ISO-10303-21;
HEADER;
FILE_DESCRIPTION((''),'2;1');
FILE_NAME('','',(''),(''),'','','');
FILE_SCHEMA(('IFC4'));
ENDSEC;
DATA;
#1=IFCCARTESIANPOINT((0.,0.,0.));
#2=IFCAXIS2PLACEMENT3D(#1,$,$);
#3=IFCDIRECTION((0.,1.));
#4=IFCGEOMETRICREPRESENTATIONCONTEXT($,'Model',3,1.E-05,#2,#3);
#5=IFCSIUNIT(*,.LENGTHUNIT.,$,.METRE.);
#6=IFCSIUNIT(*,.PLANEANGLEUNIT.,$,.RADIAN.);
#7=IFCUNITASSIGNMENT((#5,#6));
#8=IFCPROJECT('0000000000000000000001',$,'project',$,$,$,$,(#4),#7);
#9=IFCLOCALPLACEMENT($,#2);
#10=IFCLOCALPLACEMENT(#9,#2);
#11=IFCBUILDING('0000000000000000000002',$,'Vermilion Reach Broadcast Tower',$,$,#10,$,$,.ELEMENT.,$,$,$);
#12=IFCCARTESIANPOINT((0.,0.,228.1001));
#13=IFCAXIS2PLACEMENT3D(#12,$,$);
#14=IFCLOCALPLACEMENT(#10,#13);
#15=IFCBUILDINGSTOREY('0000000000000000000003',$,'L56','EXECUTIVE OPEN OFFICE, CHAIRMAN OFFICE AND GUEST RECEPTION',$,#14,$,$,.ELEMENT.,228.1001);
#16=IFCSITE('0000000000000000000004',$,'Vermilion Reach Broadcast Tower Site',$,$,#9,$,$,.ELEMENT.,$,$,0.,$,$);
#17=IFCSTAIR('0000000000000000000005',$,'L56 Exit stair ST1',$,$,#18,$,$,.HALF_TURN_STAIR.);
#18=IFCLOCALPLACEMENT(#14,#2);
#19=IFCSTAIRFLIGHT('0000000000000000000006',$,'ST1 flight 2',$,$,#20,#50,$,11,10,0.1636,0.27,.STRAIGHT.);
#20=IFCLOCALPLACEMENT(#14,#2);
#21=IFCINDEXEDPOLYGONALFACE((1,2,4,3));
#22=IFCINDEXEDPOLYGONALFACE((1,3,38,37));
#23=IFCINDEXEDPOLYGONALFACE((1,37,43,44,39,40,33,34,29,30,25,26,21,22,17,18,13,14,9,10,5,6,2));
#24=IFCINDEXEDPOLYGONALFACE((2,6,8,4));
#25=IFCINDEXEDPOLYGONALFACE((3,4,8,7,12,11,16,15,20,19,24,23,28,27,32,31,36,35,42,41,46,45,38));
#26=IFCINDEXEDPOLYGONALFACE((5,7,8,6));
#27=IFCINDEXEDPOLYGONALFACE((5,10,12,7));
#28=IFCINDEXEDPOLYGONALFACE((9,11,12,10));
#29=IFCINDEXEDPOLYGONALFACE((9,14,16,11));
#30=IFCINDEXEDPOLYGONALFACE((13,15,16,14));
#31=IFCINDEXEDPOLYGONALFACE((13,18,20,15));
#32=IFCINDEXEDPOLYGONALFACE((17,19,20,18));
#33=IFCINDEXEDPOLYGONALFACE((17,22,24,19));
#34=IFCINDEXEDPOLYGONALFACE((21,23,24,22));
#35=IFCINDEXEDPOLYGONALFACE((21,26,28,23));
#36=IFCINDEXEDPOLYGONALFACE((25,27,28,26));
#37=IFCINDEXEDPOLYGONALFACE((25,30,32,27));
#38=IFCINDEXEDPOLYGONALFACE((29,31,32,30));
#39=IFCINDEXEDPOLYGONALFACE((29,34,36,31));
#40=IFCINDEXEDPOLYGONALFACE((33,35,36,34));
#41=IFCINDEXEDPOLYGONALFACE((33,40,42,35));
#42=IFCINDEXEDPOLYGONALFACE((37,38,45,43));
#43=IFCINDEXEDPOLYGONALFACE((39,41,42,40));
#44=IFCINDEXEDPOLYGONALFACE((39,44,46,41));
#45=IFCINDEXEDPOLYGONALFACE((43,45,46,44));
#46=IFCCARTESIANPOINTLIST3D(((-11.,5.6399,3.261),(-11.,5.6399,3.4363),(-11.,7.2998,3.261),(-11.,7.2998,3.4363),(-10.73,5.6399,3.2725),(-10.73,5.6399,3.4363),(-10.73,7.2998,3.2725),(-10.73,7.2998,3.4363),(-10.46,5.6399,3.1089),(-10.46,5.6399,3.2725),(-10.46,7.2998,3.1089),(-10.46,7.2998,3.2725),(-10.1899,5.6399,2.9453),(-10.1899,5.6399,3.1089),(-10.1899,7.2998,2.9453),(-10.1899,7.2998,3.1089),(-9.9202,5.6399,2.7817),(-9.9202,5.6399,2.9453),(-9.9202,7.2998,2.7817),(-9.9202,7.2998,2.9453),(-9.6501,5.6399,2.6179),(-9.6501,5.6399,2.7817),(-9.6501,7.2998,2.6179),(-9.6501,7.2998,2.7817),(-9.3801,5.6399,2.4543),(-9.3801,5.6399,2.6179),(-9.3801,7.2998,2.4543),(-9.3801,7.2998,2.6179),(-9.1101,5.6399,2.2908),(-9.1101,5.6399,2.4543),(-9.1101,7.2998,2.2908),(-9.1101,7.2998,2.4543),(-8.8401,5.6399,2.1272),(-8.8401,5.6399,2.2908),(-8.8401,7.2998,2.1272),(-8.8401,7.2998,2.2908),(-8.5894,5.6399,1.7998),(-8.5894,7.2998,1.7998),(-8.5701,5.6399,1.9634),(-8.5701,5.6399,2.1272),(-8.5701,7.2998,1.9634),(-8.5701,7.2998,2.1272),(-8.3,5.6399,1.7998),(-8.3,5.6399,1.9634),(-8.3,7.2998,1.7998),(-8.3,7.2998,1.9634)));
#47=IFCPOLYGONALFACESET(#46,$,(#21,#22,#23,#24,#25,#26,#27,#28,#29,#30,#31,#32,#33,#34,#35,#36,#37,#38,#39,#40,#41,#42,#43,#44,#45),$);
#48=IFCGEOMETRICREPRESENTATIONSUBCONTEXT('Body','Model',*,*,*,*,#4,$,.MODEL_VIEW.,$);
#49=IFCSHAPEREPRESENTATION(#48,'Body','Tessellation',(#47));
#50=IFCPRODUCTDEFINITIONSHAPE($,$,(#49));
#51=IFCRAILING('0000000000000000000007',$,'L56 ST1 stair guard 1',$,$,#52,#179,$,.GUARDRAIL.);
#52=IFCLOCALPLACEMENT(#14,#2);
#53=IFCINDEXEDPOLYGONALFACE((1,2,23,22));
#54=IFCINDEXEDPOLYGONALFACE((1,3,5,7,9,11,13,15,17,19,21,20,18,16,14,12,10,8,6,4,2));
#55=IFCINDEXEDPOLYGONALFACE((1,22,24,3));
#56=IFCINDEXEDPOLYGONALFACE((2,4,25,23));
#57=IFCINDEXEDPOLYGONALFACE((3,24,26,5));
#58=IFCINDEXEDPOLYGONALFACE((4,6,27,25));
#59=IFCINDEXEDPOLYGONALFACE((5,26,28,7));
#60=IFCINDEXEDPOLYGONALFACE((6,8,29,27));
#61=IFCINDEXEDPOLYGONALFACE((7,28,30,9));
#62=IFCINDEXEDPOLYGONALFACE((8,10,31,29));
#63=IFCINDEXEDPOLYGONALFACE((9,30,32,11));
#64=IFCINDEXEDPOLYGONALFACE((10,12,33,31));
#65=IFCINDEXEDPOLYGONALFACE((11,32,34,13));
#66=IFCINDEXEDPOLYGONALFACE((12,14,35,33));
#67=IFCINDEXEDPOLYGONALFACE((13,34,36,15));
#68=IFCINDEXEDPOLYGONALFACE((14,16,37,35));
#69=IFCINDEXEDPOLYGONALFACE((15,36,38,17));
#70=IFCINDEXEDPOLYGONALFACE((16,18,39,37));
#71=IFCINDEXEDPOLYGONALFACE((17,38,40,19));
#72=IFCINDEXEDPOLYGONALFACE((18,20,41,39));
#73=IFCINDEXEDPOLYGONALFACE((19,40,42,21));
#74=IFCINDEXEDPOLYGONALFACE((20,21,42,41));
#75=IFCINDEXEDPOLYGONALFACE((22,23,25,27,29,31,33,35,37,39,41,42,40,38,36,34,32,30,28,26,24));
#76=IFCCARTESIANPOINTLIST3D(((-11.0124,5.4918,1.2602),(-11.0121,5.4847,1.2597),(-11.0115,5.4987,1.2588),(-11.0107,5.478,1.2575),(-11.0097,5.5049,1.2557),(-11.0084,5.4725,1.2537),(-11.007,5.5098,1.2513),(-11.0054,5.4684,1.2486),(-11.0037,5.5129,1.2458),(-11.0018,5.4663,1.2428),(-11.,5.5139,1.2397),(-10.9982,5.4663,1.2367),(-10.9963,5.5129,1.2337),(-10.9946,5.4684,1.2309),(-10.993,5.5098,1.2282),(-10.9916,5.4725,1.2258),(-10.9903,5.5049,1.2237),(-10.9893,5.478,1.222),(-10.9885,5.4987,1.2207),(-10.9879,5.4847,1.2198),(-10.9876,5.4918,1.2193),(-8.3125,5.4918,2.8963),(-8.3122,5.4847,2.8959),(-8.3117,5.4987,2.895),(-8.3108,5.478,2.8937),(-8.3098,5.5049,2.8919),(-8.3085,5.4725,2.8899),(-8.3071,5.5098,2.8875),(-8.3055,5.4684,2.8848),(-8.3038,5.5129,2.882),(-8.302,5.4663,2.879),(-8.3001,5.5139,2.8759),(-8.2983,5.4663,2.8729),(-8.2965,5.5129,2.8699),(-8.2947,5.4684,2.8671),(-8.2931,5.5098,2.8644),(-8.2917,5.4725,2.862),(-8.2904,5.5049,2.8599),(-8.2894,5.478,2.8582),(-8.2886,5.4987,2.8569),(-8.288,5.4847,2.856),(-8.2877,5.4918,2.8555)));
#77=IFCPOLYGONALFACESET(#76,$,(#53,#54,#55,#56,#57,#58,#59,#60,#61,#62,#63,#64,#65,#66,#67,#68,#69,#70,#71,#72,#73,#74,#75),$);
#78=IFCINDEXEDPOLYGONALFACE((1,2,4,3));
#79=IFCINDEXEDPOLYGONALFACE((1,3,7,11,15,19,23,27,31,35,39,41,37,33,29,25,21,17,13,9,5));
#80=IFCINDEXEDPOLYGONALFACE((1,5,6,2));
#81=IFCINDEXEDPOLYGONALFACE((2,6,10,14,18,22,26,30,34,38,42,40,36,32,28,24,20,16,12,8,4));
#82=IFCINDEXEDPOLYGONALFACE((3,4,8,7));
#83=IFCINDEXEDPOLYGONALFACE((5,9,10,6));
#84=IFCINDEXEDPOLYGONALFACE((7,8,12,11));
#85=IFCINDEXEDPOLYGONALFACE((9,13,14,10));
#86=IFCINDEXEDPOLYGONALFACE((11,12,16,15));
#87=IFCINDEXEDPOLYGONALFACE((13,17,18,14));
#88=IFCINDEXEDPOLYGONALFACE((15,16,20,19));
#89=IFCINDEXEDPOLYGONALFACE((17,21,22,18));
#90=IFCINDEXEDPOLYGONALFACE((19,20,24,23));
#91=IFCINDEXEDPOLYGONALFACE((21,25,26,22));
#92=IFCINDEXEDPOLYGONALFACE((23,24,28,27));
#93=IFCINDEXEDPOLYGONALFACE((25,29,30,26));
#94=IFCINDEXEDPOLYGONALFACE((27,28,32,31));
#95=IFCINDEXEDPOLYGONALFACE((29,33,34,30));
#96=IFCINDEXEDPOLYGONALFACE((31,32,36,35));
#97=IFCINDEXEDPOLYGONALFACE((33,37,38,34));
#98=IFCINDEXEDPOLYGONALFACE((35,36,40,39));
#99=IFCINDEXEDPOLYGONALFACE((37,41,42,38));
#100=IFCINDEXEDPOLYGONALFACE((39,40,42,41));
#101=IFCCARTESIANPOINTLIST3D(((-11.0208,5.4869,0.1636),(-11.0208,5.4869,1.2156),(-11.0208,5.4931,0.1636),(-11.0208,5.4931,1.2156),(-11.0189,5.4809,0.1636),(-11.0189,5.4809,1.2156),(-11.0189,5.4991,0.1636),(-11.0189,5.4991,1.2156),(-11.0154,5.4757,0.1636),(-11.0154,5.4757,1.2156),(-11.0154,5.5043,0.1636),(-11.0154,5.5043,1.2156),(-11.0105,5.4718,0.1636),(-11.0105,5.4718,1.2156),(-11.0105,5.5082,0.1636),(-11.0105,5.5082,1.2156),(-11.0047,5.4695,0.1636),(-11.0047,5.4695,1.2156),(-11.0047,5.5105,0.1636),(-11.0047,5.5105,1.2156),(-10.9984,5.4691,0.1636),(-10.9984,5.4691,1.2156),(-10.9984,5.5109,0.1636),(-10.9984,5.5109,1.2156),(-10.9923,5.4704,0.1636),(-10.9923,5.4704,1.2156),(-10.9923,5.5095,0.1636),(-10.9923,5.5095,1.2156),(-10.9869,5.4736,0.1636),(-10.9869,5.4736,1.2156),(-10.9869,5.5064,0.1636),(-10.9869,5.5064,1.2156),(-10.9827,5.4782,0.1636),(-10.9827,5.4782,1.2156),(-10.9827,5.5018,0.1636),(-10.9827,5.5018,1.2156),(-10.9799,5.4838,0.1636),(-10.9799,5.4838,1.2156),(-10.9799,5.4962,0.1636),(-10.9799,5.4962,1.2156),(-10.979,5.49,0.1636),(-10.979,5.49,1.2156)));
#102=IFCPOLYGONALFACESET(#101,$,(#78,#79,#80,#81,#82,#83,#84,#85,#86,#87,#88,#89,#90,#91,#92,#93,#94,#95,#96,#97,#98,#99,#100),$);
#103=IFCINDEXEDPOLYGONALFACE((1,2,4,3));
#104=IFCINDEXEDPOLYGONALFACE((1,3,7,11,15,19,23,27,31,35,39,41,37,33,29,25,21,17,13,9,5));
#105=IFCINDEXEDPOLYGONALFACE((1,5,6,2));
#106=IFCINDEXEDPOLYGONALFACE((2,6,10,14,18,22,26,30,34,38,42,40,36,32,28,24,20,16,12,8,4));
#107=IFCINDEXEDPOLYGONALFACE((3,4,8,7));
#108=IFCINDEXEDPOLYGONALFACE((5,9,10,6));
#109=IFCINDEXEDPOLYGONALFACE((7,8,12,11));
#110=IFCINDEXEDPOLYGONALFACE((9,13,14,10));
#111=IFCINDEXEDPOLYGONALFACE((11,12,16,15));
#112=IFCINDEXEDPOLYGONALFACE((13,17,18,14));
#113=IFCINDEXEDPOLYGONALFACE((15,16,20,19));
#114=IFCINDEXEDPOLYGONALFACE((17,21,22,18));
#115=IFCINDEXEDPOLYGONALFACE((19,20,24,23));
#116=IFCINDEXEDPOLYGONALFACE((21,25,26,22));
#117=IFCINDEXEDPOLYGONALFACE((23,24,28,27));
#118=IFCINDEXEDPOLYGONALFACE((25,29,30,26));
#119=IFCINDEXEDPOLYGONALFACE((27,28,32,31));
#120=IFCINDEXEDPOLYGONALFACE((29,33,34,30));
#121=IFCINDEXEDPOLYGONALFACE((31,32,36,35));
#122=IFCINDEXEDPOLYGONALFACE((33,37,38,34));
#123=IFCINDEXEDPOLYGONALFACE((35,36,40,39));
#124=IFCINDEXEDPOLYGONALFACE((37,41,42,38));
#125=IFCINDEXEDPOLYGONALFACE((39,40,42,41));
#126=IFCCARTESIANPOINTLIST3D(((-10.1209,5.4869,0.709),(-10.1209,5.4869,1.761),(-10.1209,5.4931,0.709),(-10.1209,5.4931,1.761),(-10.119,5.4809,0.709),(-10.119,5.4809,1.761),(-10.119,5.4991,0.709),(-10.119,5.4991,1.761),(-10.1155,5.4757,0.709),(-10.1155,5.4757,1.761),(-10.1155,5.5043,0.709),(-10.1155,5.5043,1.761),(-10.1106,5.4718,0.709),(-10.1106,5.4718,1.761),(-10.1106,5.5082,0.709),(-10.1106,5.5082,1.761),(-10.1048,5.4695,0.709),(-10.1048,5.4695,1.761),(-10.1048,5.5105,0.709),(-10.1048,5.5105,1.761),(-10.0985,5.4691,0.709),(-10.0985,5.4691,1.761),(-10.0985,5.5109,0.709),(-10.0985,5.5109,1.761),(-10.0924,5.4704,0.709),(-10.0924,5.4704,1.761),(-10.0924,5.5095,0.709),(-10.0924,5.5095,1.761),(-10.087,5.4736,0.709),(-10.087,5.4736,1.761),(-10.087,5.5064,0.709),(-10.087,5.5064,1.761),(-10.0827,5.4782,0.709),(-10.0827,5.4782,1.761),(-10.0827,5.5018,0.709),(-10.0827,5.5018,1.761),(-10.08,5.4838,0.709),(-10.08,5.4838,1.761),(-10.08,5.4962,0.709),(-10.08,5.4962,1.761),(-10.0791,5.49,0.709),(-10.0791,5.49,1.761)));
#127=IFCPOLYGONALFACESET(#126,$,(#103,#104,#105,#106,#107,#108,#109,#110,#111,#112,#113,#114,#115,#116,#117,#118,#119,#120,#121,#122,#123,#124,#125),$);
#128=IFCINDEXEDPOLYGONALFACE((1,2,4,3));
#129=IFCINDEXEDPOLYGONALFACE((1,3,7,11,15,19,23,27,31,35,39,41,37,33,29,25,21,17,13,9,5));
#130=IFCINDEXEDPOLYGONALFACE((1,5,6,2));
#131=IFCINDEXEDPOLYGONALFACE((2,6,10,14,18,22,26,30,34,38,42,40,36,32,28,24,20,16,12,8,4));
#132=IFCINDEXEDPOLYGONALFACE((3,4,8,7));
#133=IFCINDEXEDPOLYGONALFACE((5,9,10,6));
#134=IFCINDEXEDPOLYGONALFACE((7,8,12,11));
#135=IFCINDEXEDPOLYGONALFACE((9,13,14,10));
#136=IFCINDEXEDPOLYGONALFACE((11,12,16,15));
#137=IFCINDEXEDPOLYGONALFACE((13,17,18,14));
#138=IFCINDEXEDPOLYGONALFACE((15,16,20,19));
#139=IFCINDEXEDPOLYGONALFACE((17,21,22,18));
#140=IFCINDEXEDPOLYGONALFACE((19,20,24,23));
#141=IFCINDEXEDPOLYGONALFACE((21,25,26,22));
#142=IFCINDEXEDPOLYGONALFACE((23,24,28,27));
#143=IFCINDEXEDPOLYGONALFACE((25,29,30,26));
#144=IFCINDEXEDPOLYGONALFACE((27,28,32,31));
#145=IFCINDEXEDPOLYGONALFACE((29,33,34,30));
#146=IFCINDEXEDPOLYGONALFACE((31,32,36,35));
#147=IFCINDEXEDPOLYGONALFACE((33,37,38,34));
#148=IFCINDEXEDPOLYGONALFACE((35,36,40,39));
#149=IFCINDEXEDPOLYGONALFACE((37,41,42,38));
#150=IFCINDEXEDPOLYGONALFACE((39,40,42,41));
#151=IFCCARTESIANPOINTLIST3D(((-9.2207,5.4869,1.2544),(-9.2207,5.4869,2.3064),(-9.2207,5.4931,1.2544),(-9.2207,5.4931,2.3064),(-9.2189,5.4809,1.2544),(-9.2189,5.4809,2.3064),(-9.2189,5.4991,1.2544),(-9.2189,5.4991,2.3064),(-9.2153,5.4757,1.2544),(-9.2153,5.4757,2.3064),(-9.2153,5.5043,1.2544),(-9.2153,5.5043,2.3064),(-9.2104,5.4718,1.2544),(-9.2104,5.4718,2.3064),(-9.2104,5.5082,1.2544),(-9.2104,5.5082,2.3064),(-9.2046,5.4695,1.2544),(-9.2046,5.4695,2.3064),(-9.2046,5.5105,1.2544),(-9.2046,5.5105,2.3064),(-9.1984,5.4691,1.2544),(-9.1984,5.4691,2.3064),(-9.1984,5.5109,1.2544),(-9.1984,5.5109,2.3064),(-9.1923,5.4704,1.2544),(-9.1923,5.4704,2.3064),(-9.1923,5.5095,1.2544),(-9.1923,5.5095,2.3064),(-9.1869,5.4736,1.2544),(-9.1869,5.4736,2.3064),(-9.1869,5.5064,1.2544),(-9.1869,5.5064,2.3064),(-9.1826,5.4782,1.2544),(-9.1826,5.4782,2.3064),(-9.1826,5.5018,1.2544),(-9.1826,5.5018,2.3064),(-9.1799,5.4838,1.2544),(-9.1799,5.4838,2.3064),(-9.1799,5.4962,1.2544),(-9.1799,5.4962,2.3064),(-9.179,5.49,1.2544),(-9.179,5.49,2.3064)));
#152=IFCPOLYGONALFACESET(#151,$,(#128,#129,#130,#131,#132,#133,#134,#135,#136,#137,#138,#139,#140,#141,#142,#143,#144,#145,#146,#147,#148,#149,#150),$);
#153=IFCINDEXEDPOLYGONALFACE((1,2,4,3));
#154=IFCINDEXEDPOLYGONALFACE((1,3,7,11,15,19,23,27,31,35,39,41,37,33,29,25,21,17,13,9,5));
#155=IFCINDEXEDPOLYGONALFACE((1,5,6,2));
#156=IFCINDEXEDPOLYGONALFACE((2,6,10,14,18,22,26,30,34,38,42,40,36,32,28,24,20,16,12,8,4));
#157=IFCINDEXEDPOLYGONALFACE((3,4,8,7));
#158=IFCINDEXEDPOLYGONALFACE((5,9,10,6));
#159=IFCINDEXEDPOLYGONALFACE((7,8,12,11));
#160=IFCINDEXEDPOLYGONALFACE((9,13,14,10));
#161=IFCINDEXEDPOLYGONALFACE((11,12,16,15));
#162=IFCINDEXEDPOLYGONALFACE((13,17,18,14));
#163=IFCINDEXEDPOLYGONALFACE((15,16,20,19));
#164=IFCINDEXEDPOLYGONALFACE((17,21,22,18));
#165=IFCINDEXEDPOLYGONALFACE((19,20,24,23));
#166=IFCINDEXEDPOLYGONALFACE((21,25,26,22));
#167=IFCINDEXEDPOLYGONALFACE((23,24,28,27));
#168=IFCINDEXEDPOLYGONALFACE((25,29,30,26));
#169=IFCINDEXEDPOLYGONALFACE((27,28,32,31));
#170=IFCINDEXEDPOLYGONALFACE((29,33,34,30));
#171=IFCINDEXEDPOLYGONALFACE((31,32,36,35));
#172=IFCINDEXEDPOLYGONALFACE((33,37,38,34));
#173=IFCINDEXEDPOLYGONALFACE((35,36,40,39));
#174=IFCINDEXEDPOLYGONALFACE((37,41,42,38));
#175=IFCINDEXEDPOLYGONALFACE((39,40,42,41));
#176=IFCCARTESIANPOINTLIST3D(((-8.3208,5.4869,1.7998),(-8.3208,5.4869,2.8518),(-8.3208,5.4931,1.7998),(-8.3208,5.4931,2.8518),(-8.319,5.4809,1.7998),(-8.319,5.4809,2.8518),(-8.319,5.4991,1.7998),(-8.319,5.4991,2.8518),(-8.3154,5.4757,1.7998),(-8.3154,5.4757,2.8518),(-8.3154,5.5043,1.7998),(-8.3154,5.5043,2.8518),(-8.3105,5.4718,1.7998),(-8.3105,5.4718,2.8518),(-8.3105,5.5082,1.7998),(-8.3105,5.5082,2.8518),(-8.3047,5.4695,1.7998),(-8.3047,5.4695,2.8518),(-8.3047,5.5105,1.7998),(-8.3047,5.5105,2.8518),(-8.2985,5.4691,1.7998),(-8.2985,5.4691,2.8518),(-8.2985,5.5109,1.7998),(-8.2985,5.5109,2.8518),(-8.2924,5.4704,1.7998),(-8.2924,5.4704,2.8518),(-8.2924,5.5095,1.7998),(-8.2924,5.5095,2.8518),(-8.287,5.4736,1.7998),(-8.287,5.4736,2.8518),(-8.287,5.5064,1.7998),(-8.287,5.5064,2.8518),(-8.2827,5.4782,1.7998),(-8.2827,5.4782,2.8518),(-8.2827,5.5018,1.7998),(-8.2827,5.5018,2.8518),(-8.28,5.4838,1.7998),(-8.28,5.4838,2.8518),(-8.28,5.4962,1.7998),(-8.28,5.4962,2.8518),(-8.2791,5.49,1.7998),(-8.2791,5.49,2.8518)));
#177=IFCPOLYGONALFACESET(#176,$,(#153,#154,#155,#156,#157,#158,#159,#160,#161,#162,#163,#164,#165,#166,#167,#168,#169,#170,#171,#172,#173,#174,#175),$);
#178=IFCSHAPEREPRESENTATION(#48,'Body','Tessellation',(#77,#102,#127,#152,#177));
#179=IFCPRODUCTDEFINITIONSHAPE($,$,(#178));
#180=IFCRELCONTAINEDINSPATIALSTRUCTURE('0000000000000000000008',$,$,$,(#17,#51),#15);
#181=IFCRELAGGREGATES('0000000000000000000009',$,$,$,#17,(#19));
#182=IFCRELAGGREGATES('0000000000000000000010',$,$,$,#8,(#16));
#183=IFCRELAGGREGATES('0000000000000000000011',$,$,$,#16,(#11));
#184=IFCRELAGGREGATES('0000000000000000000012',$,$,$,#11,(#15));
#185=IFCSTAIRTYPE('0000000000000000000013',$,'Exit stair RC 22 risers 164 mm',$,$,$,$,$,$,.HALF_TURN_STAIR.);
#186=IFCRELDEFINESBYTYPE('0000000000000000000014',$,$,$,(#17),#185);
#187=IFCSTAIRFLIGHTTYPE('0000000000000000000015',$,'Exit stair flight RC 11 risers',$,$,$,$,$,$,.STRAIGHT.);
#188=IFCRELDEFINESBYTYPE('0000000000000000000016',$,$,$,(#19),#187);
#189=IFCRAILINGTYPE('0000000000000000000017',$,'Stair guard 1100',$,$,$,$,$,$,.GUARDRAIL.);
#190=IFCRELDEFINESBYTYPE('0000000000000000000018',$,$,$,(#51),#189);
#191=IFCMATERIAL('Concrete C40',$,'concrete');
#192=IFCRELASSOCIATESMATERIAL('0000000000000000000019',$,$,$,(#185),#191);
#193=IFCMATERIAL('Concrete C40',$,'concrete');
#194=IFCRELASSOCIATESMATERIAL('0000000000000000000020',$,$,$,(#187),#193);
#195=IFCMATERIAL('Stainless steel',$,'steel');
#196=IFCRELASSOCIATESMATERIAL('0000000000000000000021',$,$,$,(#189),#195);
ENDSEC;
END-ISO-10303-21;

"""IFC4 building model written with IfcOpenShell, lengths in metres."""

from ifc_helpers import new_model, si_unit, direction, frame, origin, origin_2d, place, context, subcontext, project, spatial, polyline, circle, outline, extrude, material, type_object, element, aggregate, save


model = new_model("IFC4")

# Units and contexts
model_context = context("Model", 3, precision=1e-05, world=origin(), true_north=direction((0.0, 1.0)))
body_context = subcontext(model_context, "Body", "Model", "MODEL_VIEW")
ifc_project = project(units=[si_unit("LENGTHUNIT", "METRE"), si_unit("PLANEANGLEUNIT", "RADIAN")], contexts=[model_context])

# Site, building, storey
site_placement = place(None, origin())
site = spatial("IfcSite", under=ifc_project, at=site_placement, Name="Vermilion Reach Broadcast Tower Site", CompositionType="ELEMENT", RefElevation=0.0)
building_placement = place(site_placement, origin())
building = spatial("IfcBuilding", under=site, at=building_placement, Name="Vermilion Reach Broadcast Tower", CompositionType="ELEMENT")
storey_placement = place(building_placement, frame((0.0, 0.0, 228.1001)))
storey = spatial("IfcBuildingStorey", under=building, at=storey_placement, Name="L56", Description="EXECUTIVE OPEN OFFICE, CHAIRMAN OFFICE AND GUEST RECEPTION", CompositionType="ELEMENT", Elevation=228.1001)

# Stair, stair flight
ifc_material_1 = material(Name="Concrete C40", Category="concrete")
stair_type = type_object("IfcStairType", Name="Exit stair RC 22 risers 164 mm", PredefinedType="HALF_TURN_STAIR", material=ifc_material_1)
stair_placement = place(storey_placement, origin())
stair = element("IfcStair", 1, at=stair_placement, inside=storey, type_object=stair_type, Name="L56 Exit stair ST1", PredefinedType="HALF_TURN_STAIR")
ifc_material_2 = material(Name="Concrete C40", Category="concrete")
stair_flight_type = type_object("IfcStairFlightType", Name="Exit stair flight RC 11 risers", PredefinedType="STRAIGHT", material=ifc_material_2)
stair_flight_1_placement = place(storey_placement, frame((-8.3, 6.47, 1.7998), z_axis=(0.0, 0.0, 1.0), x_axis=(-1.0, 0.0, 0.0)))
stair_flight_1 = element("IfcStairFlight", 2, at=stair_flight_1_placement, type_object=stair_flight_type, Name="ST1 flight 2", NumberOfRisers=11, NumberOfTreads=10, PredefinedType="STRAIGHT", RiserHeight=0.1636, TreadLength=0.27, context=body_context, shape_type="SweptSolid", body=[
    extrude(outline(polyline([(0.0, 0.0), (0.0, 0.1636), (0.27, 0.1636), (0.27, 0.3274), (0.54, 0.3274), (0.54, 0.491), (0.8101, 0.491), (0.8101, 0.6545), (1.0801, 0.6545), (1.0801, 0.8181), (1.3501, 0.8181), (1.3501, 0.9819), (1.6201, 0.9819), (1.6201, 1.1455), (1.8899, 1.1455), (1.8899, 1.3091), (2.1599, 1.3091), (2.1599, 1.4727), (2.4299, 1.4727), (2.4299, 1.6365), (2.7, 1.6365), (2.7, 1.8), (2.7, 1.4612), (0.2893, 0.0), (0.0, 0.0)])), frame((0.0, 0.8301, 0.0), z_axis=(0.0, -1.0, 0.0), x_axis=(1.0, 0.0, 0.0)), (0.0, 0.0, 1.0), 1.6599),
])
aggregate(stair, [stair_flight_1])

# Railing
ifc_material_3 = material(Name="Stainless steel", Category="steel")
railing_type_1 = type_object("IfcRailingType", Name="Stair guard 1100", PredefinedType="GUARDRAIL", material=ifc_material_3)
railing_1_placement = place(storey_placement, frame((-11.0, 5.49, 0.1636)))
element("IfcRailing", 3, at=railing_1_placement, inside=storey, type_object=railing_type_1, Name="L56 ST1 stair guard 1", PredefinedType="GUARDRAIL", context=body_context, shape_type="SweptSolid", body=[
    extrude(circle(Radius=0.0239, at=origin_2d()), frame((0.0, 0.0, 1.0762), z_axis=(0.855212, 0.0, 0.518278), x_axis=(0.0, 1.0, 0.0)), (0.0, 0.0, 1.0), 3.157),
    extrude(circle(Radius=0.021, at=origin_2d()), origin(), (0.0, 0.0, 1.0), 1.052),
    extrude(circle(Radius=0.021, at=origin_2d()), frame((0.8999, 0.0, 0.5454)), (0.0, 0.0, 1.0), 1.052),
    extrude(circle(Radius=0.021, at=origin_2d()), frame((1.8, 0.0, 1.0908)), (0.0, 0.0, 1.0), 1.052),
    extrude(circle(Radius=0.021, at=origin_2d()), frame((2.7, 0.0, 1.6362)), (0.0, 0.0, 1.0), 1.052),
])

save(model, "model.ifc")
